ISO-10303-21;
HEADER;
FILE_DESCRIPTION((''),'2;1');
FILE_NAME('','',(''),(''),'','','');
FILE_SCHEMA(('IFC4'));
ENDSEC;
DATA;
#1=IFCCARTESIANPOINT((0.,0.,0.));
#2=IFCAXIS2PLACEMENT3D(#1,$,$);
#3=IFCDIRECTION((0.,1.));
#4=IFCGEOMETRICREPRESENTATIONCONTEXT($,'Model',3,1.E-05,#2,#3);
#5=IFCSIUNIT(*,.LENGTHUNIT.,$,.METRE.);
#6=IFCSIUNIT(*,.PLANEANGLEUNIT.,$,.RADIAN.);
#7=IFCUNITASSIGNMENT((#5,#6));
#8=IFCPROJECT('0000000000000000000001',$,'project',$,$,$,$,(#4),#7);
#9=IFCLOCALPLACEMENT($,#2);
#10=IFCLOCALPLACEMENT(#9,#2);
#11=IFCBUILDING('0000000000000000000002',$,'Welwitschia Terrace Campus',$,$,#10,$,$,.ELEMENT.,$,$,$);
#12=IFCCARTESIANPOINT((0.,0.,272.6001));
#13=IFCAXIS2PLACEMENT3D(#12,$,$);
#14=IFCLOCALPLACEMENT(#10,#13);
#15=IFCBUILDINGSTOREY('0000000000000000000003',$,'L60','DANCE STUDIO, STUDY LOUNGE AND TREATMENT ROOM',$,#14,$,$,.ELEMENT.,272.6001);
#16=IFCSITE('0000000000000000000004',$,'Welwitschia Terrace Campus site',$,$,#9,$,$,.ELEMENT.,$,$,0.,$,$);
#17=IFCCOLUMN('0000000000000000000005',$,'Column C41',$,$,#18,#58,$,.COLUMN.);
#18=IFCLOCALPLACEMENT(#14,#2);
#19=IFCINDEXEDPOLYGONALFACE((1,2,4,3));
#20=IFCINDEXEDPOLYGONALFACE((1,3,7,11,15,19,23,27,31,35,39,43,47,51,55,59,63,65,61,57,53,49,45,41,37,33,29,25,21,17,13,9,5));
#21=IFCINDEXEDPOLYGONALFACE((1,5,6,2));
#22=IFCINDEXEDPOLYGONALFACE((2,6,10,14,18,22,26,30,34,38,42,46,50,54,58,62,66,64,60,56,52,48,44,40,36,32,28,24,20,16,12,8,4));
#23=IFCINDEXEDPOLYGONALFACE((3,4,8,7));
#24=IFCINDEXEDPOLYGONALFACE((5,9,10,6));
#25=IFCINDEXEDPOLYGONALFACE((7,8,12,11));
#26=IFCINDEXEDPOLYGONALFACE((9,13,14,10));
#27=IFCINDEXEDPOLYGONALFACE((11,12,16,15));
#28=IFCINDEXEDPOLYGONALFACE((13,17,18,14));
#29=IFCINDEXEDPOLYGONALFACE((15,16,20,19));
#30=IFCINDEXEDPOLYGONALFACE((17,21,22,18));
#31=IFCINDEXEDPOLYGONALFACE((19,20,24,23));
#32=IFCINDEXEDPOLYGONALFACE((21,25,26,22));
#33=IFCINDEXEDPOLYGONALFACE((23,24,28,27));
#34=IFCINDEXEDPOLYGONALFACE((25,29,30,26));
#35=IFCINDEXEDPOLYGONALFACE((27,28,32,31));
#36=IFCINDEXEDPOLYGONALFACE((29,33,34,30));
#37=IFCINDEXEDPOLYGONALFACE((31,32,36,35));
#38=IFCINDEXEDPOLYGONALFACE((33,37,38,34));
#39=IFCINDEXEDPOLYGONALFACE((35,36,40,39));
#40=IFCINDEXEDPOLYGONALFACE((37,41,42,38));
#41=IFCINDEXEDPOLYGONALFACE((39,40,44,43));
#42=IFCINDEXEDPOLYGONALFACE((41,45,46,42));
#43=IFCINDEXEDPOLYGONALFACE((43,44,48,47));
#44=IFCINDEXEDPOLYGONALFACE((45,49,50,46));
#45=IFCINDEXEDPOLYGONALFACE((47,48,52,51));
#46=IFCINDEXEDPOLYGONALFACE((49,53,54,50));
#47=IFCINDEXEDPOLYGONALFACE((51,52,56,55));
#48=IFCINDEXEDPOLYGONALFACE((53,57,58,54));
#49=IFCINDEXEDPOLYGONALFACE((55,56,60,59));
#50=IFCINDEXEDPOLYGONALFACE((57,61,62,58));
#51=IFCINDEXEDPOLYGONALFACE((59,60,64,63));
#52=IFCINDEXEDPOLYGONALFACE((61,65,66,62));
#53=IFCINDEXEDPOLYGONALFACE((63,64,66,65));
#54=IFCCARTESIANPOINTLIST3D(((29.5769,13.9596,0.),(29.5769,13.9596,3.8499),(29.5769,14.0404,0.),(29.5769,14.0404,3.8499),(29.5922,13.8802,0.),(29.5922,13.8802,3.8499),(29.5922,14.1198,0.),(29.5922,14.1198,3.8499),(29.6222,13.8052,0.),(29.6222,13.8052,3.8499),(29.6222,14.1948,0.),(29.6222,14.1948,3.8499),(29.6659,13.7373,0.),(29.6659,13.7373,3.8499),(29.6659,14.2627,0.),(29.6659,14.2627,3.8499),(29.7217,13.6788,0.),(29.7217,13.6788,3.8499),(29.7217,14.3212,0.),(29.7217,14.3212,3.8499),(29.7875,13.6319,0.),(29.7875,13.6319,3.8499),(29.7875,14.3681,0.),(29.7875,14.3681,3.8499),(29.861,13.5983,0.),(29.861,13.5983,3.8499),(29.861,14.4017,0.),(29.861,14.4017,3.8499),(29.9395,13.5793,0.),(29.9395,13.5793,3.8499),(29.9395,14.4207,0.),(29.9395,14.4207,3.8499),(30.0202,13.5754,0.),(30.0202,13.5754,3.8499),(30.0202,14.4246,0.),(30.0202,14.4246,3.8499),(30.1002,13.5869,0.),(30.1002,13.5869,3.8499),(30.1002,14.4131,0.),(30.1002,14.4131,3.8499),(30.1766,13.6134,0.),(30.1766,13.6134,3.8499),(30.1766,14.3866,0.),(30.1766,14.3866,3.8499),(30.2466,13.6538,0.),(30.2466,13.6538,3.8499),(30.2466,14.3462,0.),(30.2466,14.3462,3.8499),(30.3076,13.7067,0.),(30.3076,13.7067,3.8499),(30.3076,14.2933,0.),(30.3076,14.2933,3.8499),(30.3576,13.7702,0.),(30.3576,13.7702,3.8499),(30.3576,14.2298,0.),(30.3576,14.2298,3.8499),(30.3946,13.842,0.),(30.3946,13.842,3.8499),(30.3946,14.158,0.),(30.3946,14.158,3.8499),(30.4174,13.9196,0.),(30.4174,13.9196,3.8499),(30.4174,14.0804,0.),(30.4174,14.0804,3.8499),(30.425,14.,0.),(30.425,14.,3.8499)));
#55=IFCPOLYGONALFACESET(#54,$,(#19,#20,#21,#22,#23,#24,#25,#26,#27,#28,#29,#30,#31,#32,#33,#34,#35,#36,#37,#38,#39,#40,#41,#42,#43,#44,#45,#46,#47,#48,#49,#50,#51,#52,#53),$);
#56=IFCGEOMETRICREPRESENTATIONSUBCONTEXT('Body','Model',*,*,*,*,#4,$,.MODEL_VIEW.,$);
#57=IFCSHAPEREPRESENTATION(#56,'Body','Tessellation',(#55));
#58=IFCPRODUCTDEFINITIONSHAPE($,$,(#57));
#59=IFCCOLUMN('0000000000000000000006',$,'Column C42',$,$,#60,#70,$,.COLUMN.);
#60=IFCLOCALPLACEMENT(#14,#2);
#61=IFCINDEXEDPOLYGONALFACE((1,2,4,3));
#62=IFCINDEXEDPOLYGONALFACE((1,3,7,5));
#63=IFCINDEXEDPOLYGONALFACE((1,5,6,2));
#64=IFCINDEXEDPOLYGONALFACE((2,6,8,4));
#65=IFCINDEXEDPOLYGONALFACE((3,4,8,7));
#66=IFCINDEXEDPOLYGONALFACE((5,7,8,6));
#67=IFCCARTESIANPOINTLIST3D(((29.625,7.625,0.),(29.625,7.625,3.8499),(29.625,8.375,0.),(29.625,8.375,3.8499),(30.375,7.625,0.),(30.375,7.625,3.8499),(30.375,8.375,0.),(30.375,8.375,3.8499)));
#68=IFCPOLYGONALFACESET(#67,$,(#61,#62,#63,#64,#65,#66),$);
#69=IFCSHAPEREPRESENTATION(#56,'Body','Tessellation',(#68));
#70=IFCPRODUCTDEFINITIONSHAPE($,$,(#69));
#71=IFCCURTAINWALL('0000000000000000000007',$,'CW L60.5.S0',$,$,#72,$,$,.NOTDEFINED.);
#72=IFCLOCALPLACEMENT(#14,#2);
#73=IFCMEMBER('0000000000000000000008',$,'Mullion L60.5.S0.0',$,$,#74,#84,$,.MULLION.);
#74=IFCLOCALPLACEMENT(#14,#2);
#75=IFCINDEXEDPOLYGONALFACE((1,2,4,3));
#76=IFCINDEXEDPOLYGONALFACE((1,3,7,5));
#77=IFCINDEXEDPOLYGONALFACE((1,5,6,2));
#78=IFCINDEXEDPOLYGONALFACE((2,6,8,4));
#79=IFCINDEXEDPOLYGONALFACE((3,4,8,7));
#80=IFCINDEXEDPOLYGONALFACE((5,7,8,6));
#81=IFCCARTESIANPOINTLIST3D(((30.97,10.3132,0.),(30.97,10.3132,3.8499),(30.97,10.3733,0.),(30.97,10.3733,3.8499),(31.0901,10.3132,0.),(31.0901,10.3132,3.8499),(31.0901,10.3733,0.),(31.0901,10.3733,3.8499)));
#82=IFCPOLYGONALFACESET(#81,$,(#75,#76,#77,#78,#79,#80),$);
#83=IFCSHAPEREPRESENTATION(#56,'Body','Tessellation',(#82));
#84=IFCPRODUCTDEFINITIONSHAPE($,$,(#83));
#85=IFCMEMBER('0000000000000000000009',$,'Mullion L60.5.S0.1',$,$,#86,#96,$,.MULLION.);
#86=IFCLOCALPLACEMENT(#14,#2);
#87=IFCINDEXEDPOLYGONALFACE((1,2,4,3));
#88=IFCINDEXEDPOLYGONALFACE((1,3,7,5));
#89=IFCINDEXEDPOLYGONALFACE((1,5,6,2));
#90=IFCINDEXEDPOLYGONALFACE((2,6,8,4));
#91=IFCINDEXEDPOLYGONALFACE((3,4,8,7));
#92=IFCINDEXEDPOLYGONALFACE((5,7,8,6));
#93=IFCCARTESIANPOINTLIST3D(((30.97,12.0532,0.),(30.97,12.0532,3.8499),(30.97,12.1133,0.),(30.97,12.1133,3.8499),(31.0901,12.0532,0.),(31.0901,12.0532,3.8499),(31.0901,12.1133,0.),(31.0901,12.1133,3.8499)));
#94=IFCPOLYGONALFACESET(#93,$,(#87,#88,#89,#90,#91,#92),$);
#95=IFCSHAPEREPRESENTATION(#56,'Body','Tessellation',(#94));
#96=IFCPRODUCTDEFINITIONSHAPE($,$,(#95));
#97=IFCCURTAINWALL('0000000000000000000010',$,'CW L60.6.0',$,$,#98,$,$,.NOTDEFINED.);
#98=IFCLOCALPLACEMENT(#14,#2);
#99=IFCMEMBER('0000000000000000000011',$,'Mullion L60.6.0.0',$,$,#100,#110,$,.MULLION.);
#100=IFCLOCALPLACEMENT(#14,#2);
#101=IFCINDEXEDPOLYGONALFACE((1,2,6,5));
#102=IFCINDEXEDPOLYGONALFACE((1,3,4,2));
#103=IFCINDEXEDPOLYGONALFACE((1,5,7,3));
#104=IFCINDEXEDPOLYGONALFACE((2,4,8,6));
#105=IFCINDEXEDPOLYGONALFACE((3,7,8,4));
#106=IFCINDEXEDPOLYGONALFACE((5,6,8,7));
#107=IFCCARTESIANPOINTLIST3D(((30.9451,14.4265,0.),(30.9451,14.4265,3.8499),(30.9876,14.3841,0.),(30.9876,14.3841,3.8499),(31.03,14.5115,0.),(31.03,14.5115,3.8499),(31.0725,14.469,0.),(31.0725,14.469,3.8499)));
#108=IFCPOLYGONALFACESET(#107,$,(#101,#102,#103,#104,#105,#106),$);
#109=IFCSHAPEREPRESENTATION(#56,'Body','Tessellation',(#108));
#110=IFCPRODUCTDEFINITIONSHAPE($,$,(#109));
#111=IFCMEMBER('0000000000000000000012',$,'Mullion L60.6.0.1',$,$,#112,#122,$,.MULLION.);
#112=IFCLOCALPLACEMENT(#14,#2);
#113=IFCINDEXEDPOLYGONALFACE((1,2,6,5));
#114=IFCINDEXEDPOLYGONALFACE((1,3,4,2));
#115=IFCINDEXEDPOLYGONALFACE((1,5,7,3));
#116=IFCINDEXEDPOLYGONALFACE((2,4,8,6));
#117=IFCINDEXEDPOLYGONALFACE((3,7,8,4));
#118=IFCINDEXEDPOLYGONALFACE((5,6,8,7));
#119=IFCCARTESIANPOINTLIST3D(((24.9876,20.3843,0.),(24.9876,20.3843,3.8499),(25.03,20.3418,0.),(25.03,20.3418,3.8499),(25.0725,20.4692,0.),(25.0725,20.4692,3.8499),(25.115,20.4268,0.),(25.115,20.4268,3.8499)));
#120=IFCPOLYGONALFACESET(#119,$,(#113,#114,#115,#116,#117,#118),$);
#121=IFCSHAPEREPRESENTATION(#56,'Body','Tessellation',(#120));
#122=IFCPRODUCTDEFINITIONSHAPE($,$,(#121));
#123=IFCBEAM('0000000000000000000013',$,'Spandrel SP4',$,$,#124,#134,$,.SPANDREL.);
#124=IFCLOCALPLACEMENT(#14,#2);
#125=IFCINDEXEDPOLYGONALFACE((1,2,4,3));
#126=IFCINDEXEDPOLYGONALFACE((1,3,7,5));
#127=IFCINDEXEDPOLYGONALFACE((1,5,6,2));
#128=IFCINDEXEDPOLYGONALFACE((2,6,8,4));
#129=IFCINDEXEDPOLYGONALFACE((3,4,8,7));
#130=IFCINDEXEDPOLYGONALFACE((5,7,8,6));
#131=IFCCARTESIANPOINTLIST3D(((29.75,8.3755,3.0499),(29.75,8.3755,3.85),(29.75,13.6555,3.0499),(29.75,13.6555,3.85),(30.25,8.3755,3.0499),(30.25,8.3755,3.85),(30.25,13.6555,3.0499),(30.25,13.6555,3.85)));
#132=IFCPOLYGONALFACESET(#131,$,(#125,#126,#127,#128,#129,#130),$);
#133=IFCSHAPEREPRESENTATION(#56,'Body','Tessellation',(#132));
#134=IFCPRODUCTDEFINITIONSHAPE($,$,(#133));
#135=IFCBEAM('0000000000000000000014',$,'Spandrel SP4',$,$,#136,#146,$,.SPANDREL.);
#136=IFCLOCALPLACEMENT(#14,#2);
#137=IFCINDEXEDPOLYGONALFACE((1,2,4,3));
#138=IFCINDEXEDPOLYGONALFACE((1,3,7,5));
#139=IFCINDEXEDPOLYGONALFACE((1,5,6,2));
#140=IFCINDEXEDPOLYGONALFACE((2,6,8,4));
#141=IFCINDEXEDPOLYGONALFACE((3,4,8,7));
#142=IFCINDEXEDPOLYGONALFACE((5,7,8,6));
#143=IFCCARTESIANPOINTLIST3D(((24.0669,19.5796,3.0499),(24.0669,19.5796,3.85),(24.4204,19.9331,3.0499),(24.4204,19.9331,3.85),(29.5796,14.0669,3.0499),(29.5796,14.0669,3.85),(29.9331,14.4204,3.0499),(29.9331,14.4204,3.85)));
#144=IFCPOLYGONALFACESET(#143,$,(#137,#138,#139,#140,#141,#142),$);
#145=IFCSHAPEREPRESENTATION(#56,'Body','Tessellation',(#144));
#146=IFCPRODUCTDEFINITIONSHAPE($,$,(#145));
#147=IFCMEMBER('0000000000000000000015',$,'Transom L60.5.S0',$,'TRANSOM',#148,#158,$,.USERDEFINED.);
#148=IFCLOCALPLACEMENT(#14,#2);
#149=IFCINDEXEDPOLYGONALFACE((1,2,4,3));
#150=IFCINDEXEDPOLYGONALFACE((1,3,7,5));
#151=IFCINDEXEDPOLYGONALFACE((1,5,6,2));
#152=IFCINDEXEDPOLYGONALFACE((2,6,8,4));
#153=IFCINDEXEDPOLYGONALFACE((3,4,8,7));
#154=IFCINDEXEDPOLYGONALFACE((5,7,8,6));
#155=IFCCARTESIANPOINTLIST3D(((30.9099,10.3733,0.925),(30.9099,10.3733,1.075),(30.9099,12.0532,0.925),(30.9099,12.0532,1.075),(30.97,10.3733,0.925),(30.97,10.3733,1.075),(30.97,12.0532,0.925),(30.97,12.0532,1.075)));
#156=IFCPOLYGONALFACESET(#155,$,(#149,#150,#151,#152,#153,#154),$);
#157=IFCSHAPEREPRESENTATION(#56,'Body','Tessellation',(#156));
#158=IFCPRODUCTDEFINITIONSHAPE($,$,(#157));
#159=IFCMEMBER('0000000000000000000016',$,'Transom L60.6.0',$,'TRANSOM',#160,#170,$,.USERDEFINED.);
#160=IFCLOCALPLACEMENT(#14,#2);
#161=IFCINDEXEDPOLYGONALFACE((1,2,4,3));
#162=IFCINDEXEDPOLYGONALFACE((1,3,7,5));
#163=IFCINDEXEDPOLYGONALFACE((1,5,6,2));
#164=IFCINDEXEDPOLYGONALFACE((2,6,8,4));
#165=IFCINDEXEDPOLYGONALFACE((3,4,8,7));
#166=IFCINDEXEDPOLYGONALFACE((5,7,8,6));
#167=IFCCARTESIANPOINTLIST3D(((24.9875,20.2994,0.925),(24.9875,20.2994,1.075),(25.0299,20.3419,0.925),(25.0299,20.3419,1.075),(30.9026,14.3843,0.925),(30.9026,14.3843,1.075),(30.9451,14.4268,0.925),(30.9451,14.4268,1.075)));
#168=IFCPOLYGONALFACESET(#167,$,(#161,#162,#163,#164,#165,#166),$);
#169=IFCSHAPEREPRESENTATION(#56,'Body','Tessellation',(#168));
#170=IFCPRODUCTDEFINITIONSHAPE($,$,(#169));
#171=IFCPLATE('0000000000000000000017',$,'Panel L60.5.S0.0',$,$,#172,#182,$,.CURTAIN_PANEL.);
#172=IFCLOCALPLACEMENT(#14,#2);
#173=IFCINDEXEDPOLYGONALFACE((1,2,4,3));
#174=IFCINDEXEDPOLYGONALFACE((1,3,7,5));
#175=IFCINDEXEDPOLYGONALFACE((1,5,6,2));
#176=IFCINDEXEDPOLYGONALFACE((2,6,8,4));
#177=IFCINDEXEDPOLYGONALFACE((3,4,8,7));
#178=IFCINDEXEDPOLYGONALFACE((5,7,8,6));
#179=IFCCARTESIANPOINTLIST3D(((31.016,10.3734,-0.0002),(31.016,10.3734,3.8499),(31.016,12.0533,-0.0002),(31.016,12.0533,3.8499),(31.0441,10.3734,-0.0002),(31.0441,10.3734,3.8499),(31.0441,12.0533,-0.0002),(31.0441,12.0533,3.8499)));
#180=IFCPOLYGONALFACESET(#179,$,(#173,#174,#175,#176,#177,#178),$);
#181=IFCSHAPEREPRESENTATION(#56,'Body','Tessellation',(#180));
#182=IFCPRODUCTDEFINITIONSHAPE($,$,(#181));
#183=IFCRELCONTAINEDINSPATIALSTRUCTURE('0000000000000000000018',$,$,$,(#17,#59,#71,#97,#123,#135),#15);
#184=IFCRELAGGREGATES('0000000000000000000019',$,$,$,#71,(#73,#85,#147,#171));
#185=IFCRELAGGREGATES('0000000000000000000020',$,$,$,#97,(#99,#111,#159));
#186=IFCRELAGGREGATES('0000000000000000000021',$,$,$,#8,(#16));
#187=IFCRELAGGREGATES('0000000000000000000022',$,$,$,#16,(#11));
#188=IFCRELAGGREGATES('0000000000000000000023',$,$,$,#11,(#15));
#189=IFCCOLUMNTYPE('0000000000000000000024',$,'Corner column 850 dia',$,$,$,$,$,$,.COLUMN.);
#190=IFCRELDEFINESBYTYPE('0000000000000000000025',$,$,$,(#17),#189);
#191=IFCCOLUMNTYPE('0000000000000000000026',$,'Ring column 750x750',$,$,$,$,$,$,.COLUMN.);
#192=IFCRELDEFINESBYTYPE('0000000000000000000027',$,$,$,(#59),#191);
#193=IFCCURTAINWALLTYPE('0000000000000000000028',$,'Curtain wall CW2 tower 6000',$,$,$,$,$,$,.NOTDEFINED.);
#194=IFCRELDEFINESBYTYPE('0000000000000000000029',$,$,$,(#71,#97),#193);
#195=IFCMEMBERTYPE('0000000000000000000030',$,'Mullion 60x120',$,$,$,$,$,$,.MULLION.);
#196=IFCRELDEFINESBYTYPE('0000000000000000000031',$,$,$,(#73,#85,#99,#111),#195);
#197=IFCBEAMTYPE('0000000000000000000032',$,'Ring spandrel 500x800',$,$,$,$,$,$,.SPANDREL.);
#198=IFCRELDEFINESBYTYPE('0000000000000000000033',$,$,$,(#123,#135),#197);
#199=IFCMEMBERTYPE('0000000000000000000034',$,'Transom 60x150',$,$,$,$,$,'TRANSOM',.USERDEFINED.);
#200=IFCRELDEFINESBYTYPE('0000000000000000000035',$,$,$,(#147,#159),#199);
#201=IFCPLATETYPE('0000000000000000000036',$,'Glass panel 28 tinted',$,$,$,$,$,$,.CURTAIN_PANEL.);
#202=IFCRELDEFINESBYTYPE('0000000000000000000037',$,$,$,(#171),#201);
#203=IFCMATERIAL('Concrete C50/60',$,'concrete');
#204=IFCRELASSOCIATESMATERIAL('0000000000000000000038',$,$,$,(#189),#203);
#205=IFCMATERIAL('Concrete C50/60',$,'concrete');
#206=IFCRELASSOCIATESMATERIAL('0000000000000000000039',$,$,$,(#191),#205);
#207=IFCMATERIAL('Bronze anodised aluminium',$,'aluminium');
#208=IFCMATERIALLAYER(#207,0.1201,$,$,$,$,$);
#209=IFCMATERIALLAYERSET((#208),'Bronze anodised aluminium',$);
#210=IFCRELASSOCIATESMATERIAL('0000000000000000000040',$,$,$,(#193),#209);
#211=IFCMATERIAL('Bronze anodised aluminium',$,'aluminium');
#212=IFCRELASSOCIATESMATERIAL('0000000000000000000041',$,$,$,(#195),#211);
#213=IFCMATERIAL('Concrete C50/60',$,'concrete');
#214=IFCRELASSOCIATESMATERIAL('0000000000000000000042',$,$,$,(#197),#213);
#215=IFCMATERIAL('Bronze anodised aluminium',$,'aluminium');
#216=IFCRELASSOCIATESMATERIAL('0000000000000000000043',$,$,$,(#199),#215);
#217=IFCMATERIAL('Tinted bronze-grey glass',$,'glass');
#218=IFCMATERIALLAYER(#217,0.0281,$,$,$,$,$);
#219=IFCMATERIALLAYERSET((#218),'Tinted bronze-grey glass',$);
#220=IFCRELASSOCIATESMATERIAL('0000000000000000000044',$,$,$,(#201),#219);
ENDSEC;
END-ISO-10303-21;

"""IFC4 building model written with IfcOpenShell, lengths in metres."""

from ifc_helpers import new_model, si_unit, direction, frame, origin, origin_2d, place, context, subcontext, project, spatial, rectangle, circle, extrude, material, layer, layer_set, material_profile, profile_set, type_object, element, aggregate, save


model = new_model("IFC4")

# Units and contexts
model_context = context("Model", 3, precision=1e-05, world=origin(), true_north=direction((0.0, 1.0)))
body_context = subcontext(model_context, "Body", "Model", "MODEL_VIEW")
ifc_project = project(units=[si_unit("LENGTHUNIT", "METRE"), si_unit("PLANEANGLEUNIT", "RADIAN")], contexts=[model_context])

# Site, building, storey
site_placement = place(None, origin())
site = spatial("IfcSite", under=ifc_project, at=site_placement, Name="Welwitschia Terrace Campus site", CompositionType="ELEMENT", RefElevation=0.0)
building_placement = place(site_placement, origin())
building = spatial("IfcBuilding", under=site, at=building_placement, Name="Welwitschia Terrace Campus", CompositionType="ELEMENT")
storey_placement = place(building_placement, frame((0.0, 0.0, 272.6001)))
storey = spatial("IfcBuildingStorey", under=building, at=storey_placement, Name="L60", Description="DANCE STUDIO, STUDY LOUNGE AND TREATMENT ROOM", CompositionType="ELEMENT", Elevation=272.6001)

# Columns
ifc_material_1 = material(Name="Concrete C50/60", Category="concrete")
ifc_material_profile_1 = material_profile(ifc_material_1, circle(Radius=0.425, at=origin_2d()))
ifc_profile_set_1 = profile_set([ifc_material_profile_1], Name="Concrete C50/60")
column_type_1 = type_object("IfcColumnType", Name="Corner column 850 dia", PredefinedType="COLUMN", material=ifc_profile_set_1)
column_1_placement = place(storey_placement, frame((30.0, 14.0, 0.0), z_axis=(0.0, 0.0, 1.0), x_axis=(1.0, 0.0, 0.0)))
element("IfcColumn", 1, at=column_1_placement, inside=storey, type_object=column_type_1, Name="Column C41", PredefinedType="COLUMN", context=body_context, shape_type="SweptSolid", body=[
    extrude(circle(Radius=0.425, at=origin_2d()), origin(), (0.0, 0.0, 1.0), 3.8499),
])
ifc_material_2 = material(Name="Concrete C50/60", Category="concrete")
ifc_material_profile_2 = material_profile(ifc_material_2, rectangle(XDim=0.75, YDim=0.75, at=origin_2d()))
ifc_profile_set_2 = profile_set([ifc_material_profile_2], Name="Concrete C50/60")
column_type_2 = type_object("IfcColumnType", Name="Ring column 750x750", PredefinedType="COLUMN", material=ifc_profile_set_2)
column_2_placement = place(storey_placement, frame((30.0, 8.0, 0.0), z_axis=(0.0, 0.0, 1.0), x_axis=(1.0, 0.0, 0.0)))
element("IfcColumn", 2, at=column_2_placement, inside=storey, type_object=column_type_2, Name="Column C42", PredefinedType="COLUMN", context=body_context, shape_type="SweptSolid", body=[
    extrude(rectangle(XDim=0.75, YDim=0.75, at=origin_2d()), origin(), (0.0, 0.0, 1.0), 3.8499),
])

# Curtain walls, members
ifc_material_3 = material(Name="Bronze anodised aluminium", Category="aluminium")
ifc_layer_1 = layer(ifc_material_3, 0.1201)
ifc_layer_set_1 = layer_set([ifc_layer_1], Name="Bronze anodised aluminium")
curtain_wall_type = type_object("IfcCurtainWallType", Name="Curtain wall CW2 tower 6000", PredefinedType="NOTDEFINED", material=ifc_layer_set_1)
curtain_wall_1_placement = place(storey_placement, origin())
curtain_wall_1 = element("IfcCurtainWall", 3, at=curtain_wall_1_placement, inside=storey, type_object=curtain_wall_type, Name="CW L60.5.S0", PredefinedType="NOTDEFINED")
ifc_material_4 = material(Name="Bronze anodised aluminium", Category="aluminium")
ifc_material_profile_3 = material_profile(ifc_material_4, rectangle(XDim=0.1201, YDim=0.0601, at=origin_2d()))
ifc_profile_set_3 = profile_set([ifc_material_profile_3], Name="Bronze anodised aluminium")
member_type_1 = type_object("IfcMemberType", Name="Mullion 60x120", PredefinedType="MULLION", material=ifc_profile_set_3)
member_1_placement = place(storey_placement, frame((31.03, 10.3433, 0.0), z_axis=(0.0, 0.0, 1.0), x_axis=(-1.0, 0.0, 0.0)))
member_1 = element("IfcMember", 4, at=member_1_placement, type_object=member_type_1, Name="Mullion L60.5.S0.0", PredefinedType="MULLION", context=body_context, shape_type="SweptSolid", body=[
    extrude(rectangle(XDim=0.1201, YDim=0.0601, at=origin_2d()), origin(), (0.0, 0.0, 1.0), 3.8499),
])
member_2_placement = place(storey_placement, frame((31.03, 12.0833, 0.0), z_axis=(0.0, 0.0, 1.0), x_axis=(-1.0, 0.0, 0.0)))
member_2 = element("IfcMember", 5, at=member_2_placement, type_object=member_type_1, Name="Mullion L60.5.S0.1", PredefinedType="MULLION", context=body_context, shape_type="SweptSolid", body=[
    extrude(rectangle(XDim=0.1201, YDim=0.0601, at=origin_2d()), origin(), (0.0, 0.0, 1.0), 3.8499),
])
curtain_wall_2_placement = place(storey_placement, origin())
curtain_wall_2 = element("IfcCurtainWall", 6, at=curtain_wall_2_placement, inside=storey, type_object=curtain_wall_type, Name="CW L60.6.0", PredefinedType="NOTDEFINED")
member_3_placement = place(storey_placement, frame((31.0088, 14.4478, 0.0), z_axis=(0.0, 0.0, 1.0), x_axis=(-0.707107, -0.707107, 0.0)))
member_3 = element("IfcMember", 7, at=member_3_placement, type_object=member_type_1, Name="Mullion L60.6.0.0", PredefinedType="MULLION", context=body_context, shape_type="SweptSolid", body=[
    extrude(rectangle(XDim=0.1201, YDim=0.0601, at=origin_2d()), origin(), (0.0, 0.0, 1.0), 3.8499),
])
member_4_placement = place(storey_placement, frame((25.0513, 20.4055, 0.0), z_axis=(0.0, 0.0, 1.0), x_axis=(-0.707107, -0.707107, 0.0)))
member_4 = element("IfcMember", 8, at=member_4_placement, type_object=member_type_1, Name="Mullion L60.6.0.1", PredefinedType="MULLION", context=body_context, shape_type="SweptSolid", body=[
    extrude(rectangle(XDim=0.1201, YDim=0.0601, at=origin_2d()), origin(), (0.0, 0.0, 1.0), 3.8499),
])

# Beams
ifc_material_5 = material(Name="Concrete C50/60", Category="concrete")
ifc_material_profile_4 = material_profile(ifc_material_5, rectangle(XDim=0.5, YDim=0.8, at=origin_2d()))
ifc_profile_set_4 = profile_set([ifc_material_profile_4], Name="Concrete C50/60")
beam_type = type_object("IfcBeamType", Name="Ring spandrel 500x800", PredefinedType="SPANDREL", material=ifc_profile_set_4)
beam_1_placement = place(storey_placement, frame((30.0, 8.3755, 3.45), z_axis=(0.0, 1.0, 0.0), x_axis=(-1.0, 0.0, 0.0)))
element("IfcBeam", 9, at=beam_1_placement, inside=storey, type_object=beam_type, Name="Spandrel SP4", PredefinedType="SPANDREL", context=body_context, shape_type="SweptSolid", body=[
    extrude(rectangle(XDim=0.5, YDim=0.8, at=origin_2d()), origin(), (0.0, 0.0, 1.0), 5.28),
])
beam_2_placement = place(storey_placement, frame((29.7563, 14.2437, 3.45), z_axis=(-0.707107, 0.707107, 0.0), x_axis=(-0.707107, -0.707107, 0.0)))
element("IfcBeam", 10, at=beam_2_placement, inside=storey, type_object=beam_type, Name="Spandrel SP4", PredefinedType="SPANDREL", context=body_context, shape_type="SweptSolid", body=[
    extrude(rectangle(XDim=0.5, YDim=0.8, at=origin_2d()), origin(), (0.0, 0.0, 1.0), 7.7961),
])

# Members
ifc_material_6 = material(Name="Bronze anodised aluminium", Category="aluminium")
ifc_material_profile_5 = material_profile(ifc_material_6, rectangle(XDim=0.0601, YDim=0.1499, at=origin_2d()))
ifc_profile_set_5 = profile_set([ifc_material_profile_5], Name="Bronze anodised aluminium")
member_type_2 = type_object("IfcMemberType", Name="Transom 60x150", ElementType="TRANSOM", PredefinedType="USERDEFINED", material=ifc_profile_set_5)
member_5_placement = place(storey_placement, frame((30.9399, 10.3733, 1.0), z_axis=(0.0, 1.0, 0.0), x_axis=(-1.0, 0.0, 0.0)))
member_5 = element("IfcMember", 11, at=member_5_placement, type_object=member_type_2, Name="Transom L60.5.S0", ObjectType="TRANSOM", PredefinedType="USERDEFINED", context=body_context, shape_type="SweptSolid", body=[
    extrude(rectangle(XDim=0.0601, YDim=0.1499, at=origin_2d()), origin(), (0.0, 0.0, 1.0), 1.6799),
])
member_6_placement = place(storey_placement, frame((30.9238, 14.4055, 1.0), z_axis=(-0.707107, 0.707107, 0.0), x_axis=(-0.707107, -0.707107, 0.0)))
member_6 = element("IfcMember", 12, at=member_6_placement, type_object=member_type_2, Name="Transom L60.6.0", ObjectType="TRANSOM", PredefinedType="USERDEFINED", context=body_context, shape_type="SweptSolid", body=[
    extrude(rectangle(XDim=0.0601, YDim=0.1499, at=origin_2d()), origin(), (0.0, 0.0, 1.0), 8.3652),
])

# Plate
ifc_material_7 = material(Name="Tinted bronze-grey glass", Category="glass")
ifc_layer_2 = layer(ifc_material_7, 0.0281)
ifc_layer_set_2 = layer_set([ifc_layer_2], Name="Tinted bronze-grey glass")
plate_type = type_object("IfcPlateType", Name="Glass panel 28 tinted", PredefinedType="CURTAIN_PANEL", material=ifc_layer_set_2)
plate_1_placement = place(storey_placement, frame((31.03, 11.2134, -0.0002), z_axis=(0.0, 0.0, 1.0), x_axis=(0.0, 1.0, 0.0)))
plate_1 = element("IfcPlate", 13, at=plate_1_placement, type_object=plate_type, Name="Panel L60.5.S0.0", PredefinedType="CURTAIN_PANEL", context=body_context, shape_type="SweptSolid", body=[
    extrude(rectangle(XDim=1.6799, YDim=0.0281, at=origin_2d()), origin(), (0.0, 0.0, 1.0), 3.8501),
])
aggregate(curtain_wall_1, [member_1, member_2, member_5, plate_1])
aggregate(curtain_wall_2, [member_3, member_4, member_6])

save(model, "model.ifc")
